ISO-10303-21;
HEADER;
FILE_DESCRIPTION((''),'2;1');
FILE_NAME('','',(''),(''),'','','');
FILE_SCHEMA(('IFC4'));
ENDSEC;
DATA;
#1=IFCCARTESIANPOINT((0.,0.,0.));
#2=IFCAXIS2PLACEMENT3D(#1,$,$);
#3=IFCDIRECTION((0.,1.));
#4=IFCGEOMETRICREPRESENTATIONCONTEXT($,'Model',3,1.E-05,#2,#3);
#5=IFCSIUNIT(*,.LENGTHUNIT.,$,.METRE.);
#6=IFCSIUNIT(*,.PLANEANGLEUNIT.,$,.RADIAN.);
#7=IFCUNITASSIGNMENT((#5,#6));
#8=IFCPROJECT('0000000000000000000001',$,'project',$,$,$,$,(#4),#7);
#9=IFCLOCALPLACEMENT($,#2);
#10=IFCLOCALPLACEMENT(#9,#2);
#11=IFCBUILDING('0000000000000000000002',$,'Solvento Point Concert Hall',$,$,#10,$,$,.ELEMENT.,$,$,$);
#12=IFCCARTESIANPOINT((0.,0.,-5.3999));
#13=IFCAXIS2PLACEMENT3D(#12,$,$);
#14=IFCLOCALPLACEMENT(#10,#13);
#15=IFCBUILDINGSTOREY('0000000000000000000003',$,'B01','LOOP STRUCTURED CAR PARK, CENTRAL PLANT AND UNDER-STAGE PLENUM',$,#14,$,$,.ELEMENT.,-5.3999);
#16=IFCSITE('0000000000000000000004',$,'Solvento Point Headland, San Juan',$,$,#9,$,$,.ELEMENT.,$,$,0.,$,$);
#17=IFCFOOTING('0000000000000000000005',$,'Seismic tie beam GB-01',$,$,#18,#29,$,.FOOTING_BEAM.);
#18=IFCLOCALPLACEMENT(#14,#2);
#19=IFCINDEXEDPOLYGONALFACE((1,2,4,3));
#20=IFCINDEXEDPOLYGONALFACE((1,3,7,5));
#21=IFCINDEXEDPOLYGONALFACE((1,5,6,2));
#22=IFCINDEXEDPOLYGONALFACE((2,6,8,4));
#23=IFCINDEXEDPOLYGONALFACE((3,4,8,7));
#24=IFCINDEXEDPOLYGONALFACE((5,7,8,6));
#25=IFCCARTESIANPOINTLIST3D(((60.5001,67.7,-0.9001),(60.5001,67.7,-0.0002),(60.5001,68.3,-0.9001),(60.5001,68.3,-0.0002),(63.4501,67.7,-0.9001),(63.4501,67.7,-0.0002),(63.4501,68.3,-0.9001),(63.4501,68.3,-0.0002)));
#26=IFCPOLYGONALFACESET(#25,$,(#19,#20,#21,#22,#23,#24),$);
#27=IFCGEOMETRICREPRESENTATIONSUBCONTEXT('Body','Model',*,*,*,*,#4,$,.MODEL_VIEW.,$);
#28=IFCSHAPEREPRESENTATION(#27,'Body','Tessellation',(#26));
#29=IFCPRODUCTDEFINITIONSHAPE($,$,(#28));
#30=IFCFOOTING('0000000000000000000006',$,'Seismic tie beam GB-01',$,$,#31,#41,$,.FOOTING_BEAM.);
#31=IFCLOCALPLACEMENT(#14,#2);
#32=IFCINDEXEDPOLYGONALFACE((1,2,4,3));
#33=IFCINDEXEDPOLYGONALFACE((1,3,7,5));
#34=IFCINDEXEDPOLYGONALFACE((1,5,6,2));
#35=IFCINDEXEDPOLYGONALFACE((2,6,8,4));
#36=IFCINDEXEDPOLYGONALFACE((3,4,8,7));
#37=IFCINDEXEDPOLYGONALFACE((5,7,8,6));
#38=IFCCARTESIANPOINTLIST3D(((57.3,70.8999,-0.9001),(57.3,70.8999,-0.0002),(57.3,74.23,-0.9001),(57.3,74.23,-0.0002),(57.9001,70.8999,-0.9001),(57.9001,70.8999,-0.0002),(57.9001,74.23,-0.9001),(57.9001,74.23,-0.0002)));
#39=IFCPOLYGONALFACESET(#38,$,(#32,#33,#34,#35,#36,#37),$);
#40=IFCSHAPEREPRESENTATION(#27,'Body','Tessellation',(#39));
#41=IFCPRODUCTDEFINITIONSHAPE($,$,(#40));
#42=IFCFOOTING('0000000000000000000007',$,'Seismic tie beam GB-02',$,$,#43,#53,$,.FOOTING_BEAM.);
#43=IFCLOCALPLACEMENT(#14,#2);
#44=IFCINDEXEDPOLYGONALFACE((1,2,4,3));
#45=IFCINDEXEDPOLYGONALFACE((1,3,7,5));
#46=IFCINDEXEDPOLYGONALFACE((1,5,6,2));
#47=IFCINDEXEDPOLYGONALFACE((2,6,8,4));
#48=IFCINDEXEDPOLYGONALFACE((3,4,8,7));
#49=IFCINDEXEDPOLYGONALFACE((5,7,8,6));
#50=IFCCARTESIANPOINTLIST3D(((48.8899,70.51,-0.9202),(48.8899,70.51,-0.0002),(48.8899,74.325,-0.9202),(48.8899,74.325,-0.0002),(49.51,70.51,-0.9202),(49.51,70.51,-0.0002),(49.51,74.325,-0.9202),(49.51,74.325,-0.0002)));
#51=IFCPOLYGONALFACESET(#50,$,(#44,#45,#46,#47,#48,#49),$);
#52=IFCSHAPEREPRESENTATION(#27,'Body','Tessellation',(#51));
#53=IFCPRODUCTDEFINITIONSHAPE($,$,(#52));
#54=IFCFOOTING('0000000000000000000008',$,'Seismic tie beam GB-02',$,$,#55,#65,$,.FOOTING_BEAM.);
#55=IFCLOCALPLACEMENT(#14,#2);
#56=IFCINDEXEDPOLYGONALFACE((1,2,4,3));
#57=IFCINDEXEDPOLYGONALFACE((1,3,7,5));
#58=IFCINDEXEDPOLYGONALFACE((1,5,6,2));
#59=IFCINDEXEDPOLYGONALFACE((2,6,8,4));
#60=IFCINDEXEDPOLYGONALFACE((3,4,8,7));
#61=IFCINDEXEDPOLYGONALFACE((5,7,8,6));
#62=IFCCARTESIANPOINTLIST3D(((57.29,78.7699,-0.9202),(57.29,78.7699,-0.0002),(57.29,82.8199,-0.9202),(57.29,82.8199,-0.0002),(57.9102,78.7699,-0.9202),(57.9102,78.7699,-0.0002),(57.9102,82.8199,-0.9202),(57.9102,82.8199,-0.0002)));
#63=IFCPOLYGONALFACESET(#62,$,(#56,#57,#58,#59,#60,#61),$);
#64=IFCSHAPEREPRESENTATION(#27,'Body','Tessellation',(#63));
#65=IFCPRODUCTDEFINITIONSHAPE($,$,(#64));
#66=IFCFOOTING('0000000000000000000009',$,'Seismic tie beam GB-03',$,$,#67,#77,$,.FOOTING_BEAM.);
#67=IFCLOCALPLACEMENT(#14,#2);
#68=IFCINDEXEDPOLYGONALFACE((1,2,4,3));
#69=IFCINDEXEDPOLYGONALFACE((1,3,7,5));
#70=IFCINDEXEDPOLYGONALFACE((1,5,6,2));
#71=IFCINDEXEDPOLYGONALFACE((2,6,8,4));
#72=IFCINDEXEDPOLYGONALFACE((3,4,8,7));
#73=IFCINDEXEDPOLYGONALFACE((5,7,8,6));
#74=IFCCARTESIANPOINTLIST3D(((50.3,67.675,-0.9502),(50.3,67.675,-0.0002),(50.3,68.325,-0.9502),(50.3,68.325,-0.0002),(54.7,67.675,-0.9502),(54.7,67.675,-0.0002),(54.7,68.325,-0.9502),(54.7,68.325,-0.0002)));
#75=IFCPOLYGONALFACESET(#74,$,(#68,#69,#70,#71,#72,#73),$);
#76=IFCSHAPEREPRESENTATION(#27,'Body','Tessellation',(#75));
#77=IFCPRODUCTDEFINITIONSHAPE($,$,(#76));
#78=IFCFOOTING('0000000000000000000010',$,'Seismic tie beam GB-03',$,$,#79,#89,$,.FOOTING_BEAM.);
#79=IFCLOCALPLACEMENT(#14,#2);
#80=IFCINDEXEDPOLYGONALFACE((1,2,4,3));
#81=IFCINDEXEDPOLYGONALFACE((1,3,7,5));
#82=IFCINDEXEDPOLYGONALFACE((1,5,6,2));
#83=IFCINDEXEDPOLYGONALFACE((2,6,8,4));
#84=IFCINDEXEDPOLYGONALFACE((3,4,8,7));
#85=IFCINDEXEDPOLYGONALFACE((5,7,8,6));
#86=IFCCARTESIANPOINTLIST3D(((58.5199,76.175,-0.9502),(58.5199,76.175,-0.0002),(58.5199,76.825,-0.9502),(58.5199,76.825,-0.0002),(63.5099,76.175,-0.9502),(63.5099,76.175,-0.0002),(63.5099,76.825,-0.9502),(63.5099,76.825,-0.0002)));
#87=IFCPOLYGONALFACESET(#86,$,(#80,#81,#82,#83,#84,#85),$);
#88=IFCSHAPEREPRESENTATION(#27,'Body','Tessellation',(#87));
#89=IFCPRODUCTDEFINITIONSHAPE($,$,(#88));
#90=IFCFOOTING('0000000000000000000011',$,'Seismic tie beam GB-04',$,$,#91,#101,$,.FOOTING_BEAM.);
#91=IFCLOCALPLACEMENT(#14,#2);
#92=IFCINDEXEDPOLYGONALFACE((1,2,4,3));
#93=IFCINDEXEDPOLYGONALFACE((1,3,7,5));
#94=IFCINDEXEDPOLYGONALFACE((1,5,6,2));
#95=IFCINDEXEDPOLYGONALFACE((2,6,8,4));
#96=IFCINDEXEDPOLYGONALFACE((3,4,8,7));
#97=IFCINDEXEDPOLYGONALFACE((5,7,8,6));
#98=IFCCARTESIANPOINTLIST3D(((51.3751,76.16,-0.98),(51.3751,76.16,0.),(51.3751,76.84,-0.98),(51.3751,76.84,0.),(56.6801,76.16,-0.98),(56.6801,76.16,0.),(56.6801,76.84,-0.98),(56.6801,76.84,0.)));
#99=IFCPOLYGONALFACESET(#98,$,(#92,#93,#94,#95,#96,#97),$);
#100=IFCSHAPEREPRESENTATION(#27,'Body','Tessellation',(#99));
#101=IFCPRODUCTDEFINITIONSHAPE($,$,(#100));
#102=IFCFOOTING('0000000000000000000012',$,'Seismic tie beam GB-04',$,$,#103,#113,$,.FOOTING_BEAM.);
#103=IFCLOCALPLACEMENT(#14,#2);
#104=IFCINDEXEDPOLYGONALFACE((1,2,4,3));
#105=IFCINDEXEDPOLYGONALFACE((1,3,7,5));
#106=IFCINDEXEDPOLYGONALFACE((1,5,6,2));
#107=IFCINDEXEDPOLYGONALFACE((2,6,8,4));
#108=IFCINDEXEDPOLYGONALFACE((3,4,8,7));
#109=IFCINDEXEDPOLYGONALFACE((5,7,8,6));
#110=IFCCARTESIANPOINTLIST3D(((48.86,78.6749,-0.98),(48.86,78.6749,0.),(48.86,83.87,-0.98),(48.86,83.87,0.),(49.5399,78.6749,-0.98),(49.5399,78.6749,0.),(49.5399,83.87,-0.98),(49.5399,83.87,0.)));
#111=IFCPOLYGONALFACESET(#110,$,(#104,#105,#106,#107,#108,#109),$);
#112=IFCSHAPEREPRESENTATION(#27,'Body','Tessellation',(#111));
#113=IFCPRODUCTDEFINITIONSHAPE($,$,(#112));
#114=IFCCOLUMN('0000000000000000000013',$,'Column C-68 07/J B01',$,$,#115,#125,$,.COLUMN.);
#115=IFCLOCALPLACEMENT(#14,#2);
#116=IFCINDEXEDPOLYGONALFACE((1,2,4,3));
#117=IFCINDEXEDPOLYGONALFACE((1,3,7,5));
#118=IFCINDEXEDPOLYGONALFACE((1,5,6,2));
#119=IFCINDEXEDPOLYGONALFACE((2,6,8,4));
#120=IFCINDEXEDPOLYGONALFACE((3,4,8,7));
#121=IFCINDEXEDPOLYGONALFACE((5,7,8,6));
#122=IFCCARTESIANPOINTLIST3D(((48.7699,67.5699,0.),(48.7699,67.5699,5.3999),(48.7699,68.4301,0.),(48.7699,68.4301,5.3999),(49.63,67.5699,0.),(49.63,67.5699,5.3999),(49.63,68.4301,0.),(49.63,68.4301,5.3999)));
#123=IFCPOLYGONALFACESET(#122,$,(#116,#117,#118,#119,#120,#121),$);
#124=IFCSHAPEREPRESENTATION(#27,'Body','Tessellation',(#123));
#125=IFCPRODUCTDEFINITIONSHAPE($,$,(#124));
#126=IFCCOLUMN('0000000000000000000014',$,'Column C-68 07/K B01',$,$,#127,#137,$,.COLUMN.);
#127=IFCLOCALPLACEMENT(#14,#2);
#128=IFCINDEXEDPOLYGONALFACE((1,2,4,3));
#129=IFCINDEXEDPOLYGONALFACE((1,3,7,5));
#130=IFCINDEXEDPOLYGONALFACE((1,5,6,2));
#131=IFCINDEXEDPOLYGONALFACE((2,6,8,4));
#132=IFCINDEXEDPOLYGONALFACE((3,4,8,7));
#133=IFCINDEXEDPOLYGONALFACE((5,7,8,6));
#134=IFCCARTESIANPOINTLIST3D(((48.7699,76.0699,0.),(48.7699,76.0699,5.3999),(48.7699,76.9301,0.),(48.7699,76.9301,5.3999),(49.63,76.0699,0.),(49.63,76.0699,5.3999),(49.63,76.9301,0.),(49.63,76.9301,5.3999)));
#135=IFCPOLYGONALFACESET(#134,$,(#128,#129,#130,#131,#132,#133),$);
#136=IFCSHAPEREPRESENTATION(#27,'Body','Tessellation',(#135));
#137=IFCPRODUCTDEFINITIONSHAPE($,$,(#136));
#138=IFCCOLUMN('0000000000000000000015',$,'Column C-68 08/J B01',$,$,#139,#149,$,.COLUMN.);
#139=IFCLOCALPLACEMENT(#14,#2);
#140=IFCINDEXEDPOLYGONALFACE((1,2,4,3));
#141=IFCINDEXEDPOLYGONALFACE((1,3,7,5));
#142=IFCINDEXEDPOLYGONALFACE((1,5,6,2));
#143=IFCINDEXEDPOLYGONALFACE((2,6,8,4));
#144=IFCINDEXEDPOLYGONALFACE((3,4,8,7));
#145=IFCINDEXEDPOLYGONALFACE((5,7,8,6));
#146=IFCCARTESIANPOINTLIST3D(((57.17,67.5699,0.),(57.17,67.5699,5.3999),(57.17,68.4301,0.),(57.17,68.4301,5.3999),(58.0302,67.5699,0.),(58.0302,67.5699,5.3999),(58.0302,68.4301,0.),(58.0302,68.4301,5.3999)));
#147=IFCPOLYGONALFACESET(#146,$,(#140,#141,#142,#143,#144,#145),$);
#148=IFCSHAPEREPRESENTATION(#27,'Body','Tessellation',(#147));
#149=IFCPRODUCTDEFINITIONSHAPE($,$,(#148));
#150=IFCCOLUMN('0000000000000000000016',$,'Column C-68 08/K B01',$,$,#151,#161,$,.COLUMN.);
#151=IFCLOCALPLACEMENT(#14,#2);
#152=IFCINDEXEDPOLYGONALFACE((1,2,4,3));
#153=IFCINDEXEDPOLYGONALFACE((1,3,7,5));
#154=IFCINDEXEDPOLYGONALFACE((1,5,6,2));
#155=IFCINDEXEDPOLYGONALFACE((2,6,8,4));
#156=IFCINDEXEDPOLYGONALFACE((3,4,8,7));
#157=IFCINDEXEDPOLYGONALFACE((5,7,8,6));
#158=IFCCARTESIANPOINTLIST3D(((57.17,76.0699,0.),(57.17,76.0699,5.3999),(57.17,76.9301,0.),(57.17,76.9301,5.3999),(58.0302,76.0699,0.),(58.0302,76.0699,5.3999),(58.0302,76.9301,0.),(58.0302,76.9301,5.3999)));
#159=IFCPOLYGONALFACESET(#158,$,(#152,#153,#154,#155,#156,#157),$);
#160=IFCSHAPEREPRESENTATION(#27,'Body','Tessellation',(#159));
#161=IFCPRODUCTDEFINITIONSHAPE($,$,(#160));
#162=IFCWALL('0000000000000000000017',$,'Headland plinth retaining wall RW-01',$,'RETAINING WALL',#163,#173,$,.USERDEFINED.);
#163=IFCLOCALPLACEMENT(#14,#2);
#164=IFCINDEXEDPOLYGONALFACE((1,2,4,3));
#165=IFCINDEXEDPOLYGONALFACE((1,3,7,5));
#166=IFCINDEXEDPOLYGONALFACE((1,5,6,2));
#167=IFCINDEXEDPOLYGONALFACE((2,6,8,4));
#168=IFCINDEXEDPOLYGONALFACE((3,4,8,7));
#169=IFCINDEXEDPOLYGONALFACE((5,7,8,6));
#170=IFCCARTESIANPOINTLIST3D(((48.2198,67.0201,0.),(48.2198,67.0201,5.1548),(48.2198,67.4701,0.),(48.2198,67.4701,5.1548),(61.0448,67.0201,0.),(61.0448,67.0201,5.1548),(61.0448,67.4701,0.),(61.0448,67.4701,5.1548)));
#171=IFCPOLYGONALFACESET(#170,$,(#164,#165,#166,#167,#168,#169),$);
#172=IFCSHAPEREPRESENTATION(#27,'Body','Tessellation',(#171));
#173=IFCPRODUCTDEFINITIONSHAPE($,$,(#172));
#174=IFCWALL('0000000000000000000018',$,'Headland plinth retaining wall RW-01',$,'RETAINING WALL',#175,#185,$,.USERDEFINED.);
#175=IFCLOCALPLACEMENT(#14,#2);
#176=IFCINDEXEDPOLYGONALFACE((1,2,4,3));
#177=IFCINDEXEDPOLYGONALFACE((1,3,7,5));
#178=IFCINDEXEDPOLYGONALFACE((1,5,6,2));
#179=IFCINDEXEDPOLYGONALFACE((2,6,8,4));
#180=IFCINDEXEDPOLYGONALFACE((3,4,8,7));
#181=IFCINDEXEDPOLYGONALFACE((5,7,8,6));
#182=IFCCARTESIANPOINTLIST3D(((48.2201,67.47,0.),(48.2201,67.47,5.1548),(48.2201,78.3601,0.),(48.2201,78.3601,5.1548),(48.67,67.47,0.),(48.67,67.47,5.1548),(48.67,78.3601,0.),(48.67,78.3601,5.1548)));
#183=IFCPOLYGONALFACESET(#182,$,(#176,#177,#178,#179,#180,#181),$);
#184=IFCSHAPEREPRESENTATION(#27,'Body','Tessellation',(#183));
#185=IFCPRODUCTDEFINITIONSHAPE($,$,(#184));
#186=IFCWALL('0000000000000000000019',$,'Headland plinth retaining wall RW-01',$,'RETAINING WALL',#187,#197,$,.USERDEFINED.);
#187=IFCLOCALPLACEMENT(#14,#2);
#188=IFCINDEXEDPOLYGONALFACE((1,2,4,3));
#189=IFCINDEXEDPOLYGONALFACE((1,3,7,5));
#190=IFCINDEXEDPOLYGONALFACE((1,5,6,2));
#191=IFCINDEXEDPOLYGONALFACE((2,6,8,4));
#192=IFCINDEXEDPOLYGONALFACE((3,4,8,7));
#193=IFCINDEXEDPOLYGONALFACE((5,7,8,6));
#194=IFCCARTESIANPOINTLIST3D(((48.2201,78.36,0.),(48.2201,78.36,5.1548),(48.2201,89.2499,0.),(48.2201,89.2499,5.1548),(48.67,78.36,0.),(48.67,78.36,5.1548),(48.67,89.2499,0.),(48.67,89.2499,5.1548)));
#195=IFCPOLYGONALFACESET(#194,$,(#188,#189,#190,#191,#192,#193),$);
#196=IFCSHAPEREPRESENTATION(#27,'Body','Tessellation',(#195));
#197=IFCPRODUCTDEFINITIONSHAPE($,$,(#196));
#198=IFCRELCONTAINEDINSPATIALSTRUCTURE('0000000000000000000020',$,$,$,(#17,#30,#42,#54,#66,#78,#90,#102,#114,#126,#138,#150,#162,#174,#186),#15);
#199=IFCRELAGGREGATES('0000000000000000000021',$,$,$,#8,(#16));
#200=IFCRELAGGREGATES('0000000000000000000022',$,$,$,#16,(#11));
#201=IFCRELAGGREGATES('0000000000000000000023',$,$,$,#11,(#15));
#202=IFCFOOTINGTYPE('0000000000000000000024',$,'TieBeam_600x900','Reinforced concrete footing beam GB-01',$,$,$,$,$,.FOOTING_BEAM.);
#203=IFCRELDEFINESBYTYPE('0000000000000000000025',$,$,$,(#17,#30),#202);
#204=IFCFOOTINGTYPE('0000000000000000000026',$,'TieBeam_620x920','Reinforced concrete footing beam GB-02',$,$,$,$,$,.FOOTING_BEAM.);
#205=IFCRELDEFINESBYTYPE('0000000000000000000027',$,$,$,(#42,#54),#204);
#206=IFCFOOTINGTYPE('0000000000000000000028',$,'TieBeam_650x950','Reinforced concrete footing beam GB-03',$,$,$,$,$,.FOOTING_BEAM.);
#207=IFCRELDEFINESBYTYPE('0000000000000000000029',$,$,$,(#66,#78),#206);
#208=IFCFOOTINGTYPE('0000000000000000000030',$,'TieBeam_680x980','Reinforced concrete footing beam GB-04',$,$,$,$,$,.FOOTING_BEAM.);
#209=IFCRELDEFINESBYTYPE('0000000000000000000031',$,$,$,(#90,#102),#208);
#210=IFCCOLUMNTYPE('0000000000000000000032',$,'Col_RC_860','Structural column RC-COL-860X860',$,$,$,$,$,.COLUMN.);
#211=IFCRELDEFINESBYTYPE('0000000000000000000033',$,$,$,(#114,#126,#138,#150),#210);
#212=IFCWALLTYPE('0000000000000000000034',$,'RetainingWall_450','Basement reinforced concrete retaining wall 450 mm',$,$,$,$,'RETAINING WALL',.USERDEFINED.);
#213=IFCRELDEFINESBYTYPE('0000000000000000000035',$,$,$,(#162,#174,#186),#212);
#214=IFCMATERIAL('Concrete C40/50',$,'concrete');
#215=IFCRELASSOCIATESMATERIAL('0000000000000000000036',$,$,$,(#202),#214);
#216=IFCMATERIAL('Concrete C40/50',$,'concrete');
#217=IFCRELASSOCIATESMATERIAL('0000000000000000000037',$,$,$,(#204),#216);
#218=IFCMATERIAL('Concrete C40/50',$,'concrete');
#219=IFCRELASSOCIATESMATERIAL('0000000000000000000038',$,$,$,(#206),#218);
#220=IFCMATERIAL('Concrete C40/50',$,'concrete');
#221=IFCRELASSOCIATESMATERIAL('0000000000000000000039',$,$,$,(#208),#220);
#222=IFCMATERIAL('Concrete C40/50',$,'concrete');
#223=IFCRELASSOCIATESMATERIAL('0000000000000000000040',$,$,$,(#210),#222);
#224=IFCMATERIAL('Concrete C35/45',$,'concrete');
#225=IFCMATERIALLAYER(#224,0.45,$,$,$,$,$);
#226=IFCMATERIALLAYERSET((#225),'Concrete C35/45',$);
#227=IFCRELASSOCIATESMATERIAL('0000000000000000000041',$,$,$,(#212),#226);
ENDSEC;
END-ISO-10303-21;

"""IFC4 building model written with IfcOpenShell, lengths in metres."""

from ifc_helpers import new_model, si_unit, direction, frame, frame_2d, origin, origin_2d, place, context, subcontext, project, spatial, rectangle, extrude, material, layer, layer_set, material_profile, profile_set, type_object, element, save


model = new_model("IFC4")

# Units and contexts
model_context = context("Model", 3, precision=1e-05, world=origin(), true_north=direction((0.0, 1.0)))
body_context = subcontext(model_context, "Body", "Model", "MODEL_VIEW")
ifc_project = project(units=[si_unit("LENGTHUNIT", "METRE"), si_unit("PLANEANGLEUNIT", "RADIAN")], contexts=[model_context])

# Site, building, storey
site_placement = place(None, origin())
site = spatial("IfcSite", under=ifc_project, at=site_placement, Name="Solvento Point Headland, San Juan", CompositionType="ELEMENT", RefElevation=0.0)
building_placement = place(site_placement, origin())
building = spatial("IfcBuilding", under=site, at=building_placement, Name="Solvento Point Concert Hall", CompositionType="ELEMENT")
storey_placement = place(building_placement, frame((0.0, 0.0, -5.3999)))
storey = spatial("IfcBuildingStorey", under=building, at=storey_placement, Name="B01", Description="LOOP STRUCTURED CAR PARK, CENTRAL PLANT AND UNDER-STAGE PLENUM", CompositionType="ELEMENT", Elevation=-5.3999)

# Footings
ifc_material_1 = material(Name="Concrete C40/50", Category="concrete")
footing_type_1 = type_object("IfcFootingType", Name="TieBeam_600x900", Description="Reinforced concrete footing beam GB-01", PredefinedType="FOOTING_BEAM", material=ifc_material_1)
footing_1_placement = place(storey_placement, frame((61.9751, 68.0, -0.9001), z_axis=(0.0, 0.0, 1.0), x_axis=(1.0, 0.0, 0.0)))
element("IfcFooting", 1, at=footing_1_placement, inside=storey, type_object=footing_type_1, Name="Seismic tie beam GB-01", PredefinedType="FOOTING_BEAM", context=body_context, shape_type="SweptSolid", body=[
    extrude(rectangle(XDim=2.95, YDim=0.6001, at=origin_2d()), origin(), (0.0, 0.0, 1.0), 0.8999),
])
footing_2_placement = place(storey_placement, frame((57.6001, 72.5649, -0.9001), z_axis=(0.0, 0.0, 1.0), x_axis=(0.0, 1.0, 0.0)))
element("IfcFooting", 2, at=footing_2_placement, inside=storey, type_object=footing_type_1, Name="Seismic tie beam GB-01", PredefinedType="FOOTING_BEAM", context=body_context, shape_type="SweptSolid", body=[
    extrude(rectangle(XDim=3.3301, YDim=0.6001, at=origin_2d()), origin(), (0.0, 0.0, 1.0), 0.8999),
])
ifc_material_2 = material(Name="Concrete C40/50", Category="concrete")
footing_type_2 = type_object("IfcFootingType", Name="TieBeam_620x920", Description="Reinforced concrete footing beam GB-02", PredefinedType="FOOTING_BEAM", material=ifc_material_2)
footing_3_placement = place(storey_placement, frame((49.2, 72.4175, -0.9202), z_axis=(0.0, 0.0, 1.0), x_axis=(0.0, 1.0, 0.0)))
element("IfcFooting", 3, at=footing_3_placement, inside=storey, type_object=footing_type_2, Name="Seismic tie beam GB-02", PredefinedType="FOOTING_BEAM", context=body_context, shape_type="SweptSolid", body=[
    extrude(rectangle(XDim=3.8149, YDim=0.6201, at=origin_2d()), origin(), (0.0, 0.0, 1.0), 0.9199),
])
footing_4_placement = place(storey_placement, frame((57.6001, 80.7949, -0.9202), z_axis=(0.0, 0.0, 1.0), x_axis=(0.0, 1.0, 0.0)))
element("IfcFooting", 4, at=footing_4_placement, inside=storey, type_object=footing_type_2, Name="Seismic tie beam GB-02", PredefinedType="FOOTING_BEAM", context=body_context, shape_type="SweptSolid", body=[
    extrude(rectangle(XDim=4.05, YDim=0.6201, at=origin_2d()), origin(), (0.0, 0.0, 1.0), 0.9199),
])
ifc_material_3 = material(Name="Concrete C40/50", Category="concrete")
footing_type_3 = type_object("IfcFootingType", Name="TieBeam_650x950", Description="Reinforced concrete footing beam GB-03", PredefinedType="FOOTING_BEAM", material=ifc_material_3)
footing_5_placement = place(storey_placement, frame((52.5, 68.0, -0.9502), z_axis=(0.0, 0.0, 1.0), x_axis=(1.0, 0.0, 0.0)))
element("IfcFooting", 5, at=footing_5_placement, inside=storey, type_object=footing_type_3, Name="Seismic tie beam GB-03", PredefinedType="FOOTING_BEAM", context=body_context, shape_type="SweptSolid", body=[
    extrude(rectangle(XDim=4.3999, YDim=0.6499, at=origin_2d()), origin(), (0.0, 0.0, 1.0), 0.95),
])
footing_6_placement = place(storey_placement, frame((61.0149, 76.5, -0.9502), z_axis=(0.0, 0.0, 1.0), x_axis=(1.0, 0.0, 0.0)))
element("IfcFooting", 6, at=footing_6_placement, inside=storey, type_object=footing_type_3, Name="Seismic tie beam GB-03", PredefinedType="FOOTING_BEAM", context=body_context, shape_type="SweptSolid", body=[
    extrude(rectangle(XDim=4.99, YDim=0.6499, at=origin_2d()), origin(), (0.0, 0.0, 1.0), 0.95),
])
ifc_material_4 = material(Name="Concrete C40/50", Category="concrete")
footing_type_4 = type_object("IfcFootingType", Name="TieBeam_680x980", Description="Reinforced concrete footing beam GB-04", PredefinedType="FOOTING_BEAM", material=ifc_material_4)
footing_7_placement = place(storey_placement, frame((54.0276, 76.5, -0.98), z_axis=(0.0, 0.0, 1.0), x_axis=(1.0, 0.0, 0.0)))
element("IfcFooting", 7, at=footing_7_placement, inside=storey, type_object=footing_type_4, Name="Seismic tie beam GB-04", PredefinedType="FOOTING_BEAM", context=body_context, shape_type="SweptSolid", body=[
    extrude(rectangle(XDim=5.3049, YDim=0.6799, at=origin_2d()), origin(), (0.0, 0.0, 1.0), 0.98),
])
footing_8_placement = place(storey_placement, frame((49.2, 81.2725, -0.98), z_axis=(0.0, 0.0, 1.0), x_axis=(0.0, 1.0, 0.0)))
element("IfcFooting", 8, at=footing_8_placement, inside=storey, type_object=footing_type_4, Name="Seismic tie beam GB-04", PredefinedType="FOOTING_BEAM", context=body_context, shape_type="SweptSolid", body=[
    extrude(rectangle(XDim=5.1951, YDim=0.6799, at=origin_2d()), origin(), (0.0, 0.0, 1.0), 0.98),
])

# Columns
ifc_material_5 = material(Name="Concrete C40/50", Category="concrete")
ifc_material_profile_1 = material_profile(ifc_material_5, rectangle(XDim=0.8601, YDim=0.8601, at=origin_2d()), Name="RC-COL-860X860")
ifc_profile_set_1 = profile_set([ifc_material_profile_1], Name="Concrete C40/50")
column_type = type_object("IfcColumnType", Name="Col_RC_860", Description="Structural column RC-COL-860X860", PredefinedType="COLUMN", material=ifc_profile_set_1)
for number, where, z_axis, x_axis, name in (
    (9, (49.2, 68.0, 0.0), (0.0, 0.0, 1.0), (1.0, 0.0, 0.0), "Column C-68 07/J B01"),
    (10, (49.2, 76.5, 0.0), (0.0, 0.0, 1.0), (1.0, 0.0, 0.0), "Column C-68 07/K B01"),
    (11, (57.6001, 68.0, 0.0), (0.0, 0.0, 1.0), (1.0, 0.0, 0.0), "Column C-68 08/J B01"),
    (12, (57.6001, 76.5, 0.0), (0.0, 0.0, 1.0), (1.0, 0.0, 0.0), "Column C-68 08/K B01"),
):
    element("IfcColumn", number, at=place(storey_placement, frame(where, z_axis=z_axis, x_axis=x_axis)), inside=storey, type_object=column_type, Name=name, PredefinedType="COLUMN", context=body_context, shape_type="SweptSolid", body=[
        extrude(rectangle(XDim=0.8601, YDim=0.8601, at=origin_2d()), origin(), (0.0, 0.0, 1.0), 5.3999),
    ])

# Walls
ifc_material_6 = material(Name="Concrete C35/45", Category="concrete")
ifc_layer = layer(ifc_material_6, 0.45)
ifc_layer_set = layer_set([ifc_layer], Name="Concrete C35/45")
wall_type = type_object("IfcWallType", Name="RetainingWall_450", Description="Basement reinforced concrete retaining wall 450 mm", ElementType="RETAINING WALL", PredefinedType="USERDEFINED", material=ifc_layer_set)
wall_1_placement = place(storey_placement, frame((61.0449, 67.2451, 0.0), z_axis=(0.0, 0.0, 1.0), x_axis=(-1.0, 0.0, 0.0)))
element("IfcWall", 13, at=wall_1_placement, inside=storey, type_object=wall_type, Name="Headland plinth retaining wall RW-01", ObjectType="RETAINING WALL", PredefinedType="USERDEFINED", context=body_context, shape_type="SweptSolid", body=[
    extrude(rectangle(XDim=12.825, YDim=0.45, at=frame_2d((6.4126, 0.0))), origin(), (0.0, 0.0, 1.0), 5.1548),
])
wall_2_placement = place(storey_placement, frame((48.4451, 67.47, 0.0), z_axis=(0.0, 0.0, 1.0), x_axis=(0.0, 1.0, 0.0)))
element("IfcWall", 14, at=wall_2_placement, inside=storey, type_object=wall_type, Name="Headland plinth retaining wall RW-01", ObjectType="RETAINING WALL", PredefinedType="USERDEFINED", context=body_context, shape_type="SweptSolid", body=[
    extrude(rectangle(XDim=10.8901, YDim=0.45, at=frame_2d((5.4451, 0.0))), origin(), (0.0, 0.0, 1.0), 5.1548),
])
wall_3_placement = place(storey_placement, frame((48.4451, 78.3601, 0.0), z_axis=(0.0, 0.0, 1.0), x_axis=(0.0, 1.0, 0.0)))
element("IfcWall", 15, at=wall_3_placement, inside=storey, type_object=wall_type, Name="Headland plinth retaining wall RW-01", ObjectType="RETAINING WALL", PredefinedType="USERDEFINED", context=body_context, shape_type="SweptSolid", body=[
    extrude(rectangle(XDim=10.8899, YDim=0.45, at=frame_2d((5.4448, 0.0))), origin(), (0.0, 0.0, 1.0), 5.1548),
])

save(model, "model.ifc")
